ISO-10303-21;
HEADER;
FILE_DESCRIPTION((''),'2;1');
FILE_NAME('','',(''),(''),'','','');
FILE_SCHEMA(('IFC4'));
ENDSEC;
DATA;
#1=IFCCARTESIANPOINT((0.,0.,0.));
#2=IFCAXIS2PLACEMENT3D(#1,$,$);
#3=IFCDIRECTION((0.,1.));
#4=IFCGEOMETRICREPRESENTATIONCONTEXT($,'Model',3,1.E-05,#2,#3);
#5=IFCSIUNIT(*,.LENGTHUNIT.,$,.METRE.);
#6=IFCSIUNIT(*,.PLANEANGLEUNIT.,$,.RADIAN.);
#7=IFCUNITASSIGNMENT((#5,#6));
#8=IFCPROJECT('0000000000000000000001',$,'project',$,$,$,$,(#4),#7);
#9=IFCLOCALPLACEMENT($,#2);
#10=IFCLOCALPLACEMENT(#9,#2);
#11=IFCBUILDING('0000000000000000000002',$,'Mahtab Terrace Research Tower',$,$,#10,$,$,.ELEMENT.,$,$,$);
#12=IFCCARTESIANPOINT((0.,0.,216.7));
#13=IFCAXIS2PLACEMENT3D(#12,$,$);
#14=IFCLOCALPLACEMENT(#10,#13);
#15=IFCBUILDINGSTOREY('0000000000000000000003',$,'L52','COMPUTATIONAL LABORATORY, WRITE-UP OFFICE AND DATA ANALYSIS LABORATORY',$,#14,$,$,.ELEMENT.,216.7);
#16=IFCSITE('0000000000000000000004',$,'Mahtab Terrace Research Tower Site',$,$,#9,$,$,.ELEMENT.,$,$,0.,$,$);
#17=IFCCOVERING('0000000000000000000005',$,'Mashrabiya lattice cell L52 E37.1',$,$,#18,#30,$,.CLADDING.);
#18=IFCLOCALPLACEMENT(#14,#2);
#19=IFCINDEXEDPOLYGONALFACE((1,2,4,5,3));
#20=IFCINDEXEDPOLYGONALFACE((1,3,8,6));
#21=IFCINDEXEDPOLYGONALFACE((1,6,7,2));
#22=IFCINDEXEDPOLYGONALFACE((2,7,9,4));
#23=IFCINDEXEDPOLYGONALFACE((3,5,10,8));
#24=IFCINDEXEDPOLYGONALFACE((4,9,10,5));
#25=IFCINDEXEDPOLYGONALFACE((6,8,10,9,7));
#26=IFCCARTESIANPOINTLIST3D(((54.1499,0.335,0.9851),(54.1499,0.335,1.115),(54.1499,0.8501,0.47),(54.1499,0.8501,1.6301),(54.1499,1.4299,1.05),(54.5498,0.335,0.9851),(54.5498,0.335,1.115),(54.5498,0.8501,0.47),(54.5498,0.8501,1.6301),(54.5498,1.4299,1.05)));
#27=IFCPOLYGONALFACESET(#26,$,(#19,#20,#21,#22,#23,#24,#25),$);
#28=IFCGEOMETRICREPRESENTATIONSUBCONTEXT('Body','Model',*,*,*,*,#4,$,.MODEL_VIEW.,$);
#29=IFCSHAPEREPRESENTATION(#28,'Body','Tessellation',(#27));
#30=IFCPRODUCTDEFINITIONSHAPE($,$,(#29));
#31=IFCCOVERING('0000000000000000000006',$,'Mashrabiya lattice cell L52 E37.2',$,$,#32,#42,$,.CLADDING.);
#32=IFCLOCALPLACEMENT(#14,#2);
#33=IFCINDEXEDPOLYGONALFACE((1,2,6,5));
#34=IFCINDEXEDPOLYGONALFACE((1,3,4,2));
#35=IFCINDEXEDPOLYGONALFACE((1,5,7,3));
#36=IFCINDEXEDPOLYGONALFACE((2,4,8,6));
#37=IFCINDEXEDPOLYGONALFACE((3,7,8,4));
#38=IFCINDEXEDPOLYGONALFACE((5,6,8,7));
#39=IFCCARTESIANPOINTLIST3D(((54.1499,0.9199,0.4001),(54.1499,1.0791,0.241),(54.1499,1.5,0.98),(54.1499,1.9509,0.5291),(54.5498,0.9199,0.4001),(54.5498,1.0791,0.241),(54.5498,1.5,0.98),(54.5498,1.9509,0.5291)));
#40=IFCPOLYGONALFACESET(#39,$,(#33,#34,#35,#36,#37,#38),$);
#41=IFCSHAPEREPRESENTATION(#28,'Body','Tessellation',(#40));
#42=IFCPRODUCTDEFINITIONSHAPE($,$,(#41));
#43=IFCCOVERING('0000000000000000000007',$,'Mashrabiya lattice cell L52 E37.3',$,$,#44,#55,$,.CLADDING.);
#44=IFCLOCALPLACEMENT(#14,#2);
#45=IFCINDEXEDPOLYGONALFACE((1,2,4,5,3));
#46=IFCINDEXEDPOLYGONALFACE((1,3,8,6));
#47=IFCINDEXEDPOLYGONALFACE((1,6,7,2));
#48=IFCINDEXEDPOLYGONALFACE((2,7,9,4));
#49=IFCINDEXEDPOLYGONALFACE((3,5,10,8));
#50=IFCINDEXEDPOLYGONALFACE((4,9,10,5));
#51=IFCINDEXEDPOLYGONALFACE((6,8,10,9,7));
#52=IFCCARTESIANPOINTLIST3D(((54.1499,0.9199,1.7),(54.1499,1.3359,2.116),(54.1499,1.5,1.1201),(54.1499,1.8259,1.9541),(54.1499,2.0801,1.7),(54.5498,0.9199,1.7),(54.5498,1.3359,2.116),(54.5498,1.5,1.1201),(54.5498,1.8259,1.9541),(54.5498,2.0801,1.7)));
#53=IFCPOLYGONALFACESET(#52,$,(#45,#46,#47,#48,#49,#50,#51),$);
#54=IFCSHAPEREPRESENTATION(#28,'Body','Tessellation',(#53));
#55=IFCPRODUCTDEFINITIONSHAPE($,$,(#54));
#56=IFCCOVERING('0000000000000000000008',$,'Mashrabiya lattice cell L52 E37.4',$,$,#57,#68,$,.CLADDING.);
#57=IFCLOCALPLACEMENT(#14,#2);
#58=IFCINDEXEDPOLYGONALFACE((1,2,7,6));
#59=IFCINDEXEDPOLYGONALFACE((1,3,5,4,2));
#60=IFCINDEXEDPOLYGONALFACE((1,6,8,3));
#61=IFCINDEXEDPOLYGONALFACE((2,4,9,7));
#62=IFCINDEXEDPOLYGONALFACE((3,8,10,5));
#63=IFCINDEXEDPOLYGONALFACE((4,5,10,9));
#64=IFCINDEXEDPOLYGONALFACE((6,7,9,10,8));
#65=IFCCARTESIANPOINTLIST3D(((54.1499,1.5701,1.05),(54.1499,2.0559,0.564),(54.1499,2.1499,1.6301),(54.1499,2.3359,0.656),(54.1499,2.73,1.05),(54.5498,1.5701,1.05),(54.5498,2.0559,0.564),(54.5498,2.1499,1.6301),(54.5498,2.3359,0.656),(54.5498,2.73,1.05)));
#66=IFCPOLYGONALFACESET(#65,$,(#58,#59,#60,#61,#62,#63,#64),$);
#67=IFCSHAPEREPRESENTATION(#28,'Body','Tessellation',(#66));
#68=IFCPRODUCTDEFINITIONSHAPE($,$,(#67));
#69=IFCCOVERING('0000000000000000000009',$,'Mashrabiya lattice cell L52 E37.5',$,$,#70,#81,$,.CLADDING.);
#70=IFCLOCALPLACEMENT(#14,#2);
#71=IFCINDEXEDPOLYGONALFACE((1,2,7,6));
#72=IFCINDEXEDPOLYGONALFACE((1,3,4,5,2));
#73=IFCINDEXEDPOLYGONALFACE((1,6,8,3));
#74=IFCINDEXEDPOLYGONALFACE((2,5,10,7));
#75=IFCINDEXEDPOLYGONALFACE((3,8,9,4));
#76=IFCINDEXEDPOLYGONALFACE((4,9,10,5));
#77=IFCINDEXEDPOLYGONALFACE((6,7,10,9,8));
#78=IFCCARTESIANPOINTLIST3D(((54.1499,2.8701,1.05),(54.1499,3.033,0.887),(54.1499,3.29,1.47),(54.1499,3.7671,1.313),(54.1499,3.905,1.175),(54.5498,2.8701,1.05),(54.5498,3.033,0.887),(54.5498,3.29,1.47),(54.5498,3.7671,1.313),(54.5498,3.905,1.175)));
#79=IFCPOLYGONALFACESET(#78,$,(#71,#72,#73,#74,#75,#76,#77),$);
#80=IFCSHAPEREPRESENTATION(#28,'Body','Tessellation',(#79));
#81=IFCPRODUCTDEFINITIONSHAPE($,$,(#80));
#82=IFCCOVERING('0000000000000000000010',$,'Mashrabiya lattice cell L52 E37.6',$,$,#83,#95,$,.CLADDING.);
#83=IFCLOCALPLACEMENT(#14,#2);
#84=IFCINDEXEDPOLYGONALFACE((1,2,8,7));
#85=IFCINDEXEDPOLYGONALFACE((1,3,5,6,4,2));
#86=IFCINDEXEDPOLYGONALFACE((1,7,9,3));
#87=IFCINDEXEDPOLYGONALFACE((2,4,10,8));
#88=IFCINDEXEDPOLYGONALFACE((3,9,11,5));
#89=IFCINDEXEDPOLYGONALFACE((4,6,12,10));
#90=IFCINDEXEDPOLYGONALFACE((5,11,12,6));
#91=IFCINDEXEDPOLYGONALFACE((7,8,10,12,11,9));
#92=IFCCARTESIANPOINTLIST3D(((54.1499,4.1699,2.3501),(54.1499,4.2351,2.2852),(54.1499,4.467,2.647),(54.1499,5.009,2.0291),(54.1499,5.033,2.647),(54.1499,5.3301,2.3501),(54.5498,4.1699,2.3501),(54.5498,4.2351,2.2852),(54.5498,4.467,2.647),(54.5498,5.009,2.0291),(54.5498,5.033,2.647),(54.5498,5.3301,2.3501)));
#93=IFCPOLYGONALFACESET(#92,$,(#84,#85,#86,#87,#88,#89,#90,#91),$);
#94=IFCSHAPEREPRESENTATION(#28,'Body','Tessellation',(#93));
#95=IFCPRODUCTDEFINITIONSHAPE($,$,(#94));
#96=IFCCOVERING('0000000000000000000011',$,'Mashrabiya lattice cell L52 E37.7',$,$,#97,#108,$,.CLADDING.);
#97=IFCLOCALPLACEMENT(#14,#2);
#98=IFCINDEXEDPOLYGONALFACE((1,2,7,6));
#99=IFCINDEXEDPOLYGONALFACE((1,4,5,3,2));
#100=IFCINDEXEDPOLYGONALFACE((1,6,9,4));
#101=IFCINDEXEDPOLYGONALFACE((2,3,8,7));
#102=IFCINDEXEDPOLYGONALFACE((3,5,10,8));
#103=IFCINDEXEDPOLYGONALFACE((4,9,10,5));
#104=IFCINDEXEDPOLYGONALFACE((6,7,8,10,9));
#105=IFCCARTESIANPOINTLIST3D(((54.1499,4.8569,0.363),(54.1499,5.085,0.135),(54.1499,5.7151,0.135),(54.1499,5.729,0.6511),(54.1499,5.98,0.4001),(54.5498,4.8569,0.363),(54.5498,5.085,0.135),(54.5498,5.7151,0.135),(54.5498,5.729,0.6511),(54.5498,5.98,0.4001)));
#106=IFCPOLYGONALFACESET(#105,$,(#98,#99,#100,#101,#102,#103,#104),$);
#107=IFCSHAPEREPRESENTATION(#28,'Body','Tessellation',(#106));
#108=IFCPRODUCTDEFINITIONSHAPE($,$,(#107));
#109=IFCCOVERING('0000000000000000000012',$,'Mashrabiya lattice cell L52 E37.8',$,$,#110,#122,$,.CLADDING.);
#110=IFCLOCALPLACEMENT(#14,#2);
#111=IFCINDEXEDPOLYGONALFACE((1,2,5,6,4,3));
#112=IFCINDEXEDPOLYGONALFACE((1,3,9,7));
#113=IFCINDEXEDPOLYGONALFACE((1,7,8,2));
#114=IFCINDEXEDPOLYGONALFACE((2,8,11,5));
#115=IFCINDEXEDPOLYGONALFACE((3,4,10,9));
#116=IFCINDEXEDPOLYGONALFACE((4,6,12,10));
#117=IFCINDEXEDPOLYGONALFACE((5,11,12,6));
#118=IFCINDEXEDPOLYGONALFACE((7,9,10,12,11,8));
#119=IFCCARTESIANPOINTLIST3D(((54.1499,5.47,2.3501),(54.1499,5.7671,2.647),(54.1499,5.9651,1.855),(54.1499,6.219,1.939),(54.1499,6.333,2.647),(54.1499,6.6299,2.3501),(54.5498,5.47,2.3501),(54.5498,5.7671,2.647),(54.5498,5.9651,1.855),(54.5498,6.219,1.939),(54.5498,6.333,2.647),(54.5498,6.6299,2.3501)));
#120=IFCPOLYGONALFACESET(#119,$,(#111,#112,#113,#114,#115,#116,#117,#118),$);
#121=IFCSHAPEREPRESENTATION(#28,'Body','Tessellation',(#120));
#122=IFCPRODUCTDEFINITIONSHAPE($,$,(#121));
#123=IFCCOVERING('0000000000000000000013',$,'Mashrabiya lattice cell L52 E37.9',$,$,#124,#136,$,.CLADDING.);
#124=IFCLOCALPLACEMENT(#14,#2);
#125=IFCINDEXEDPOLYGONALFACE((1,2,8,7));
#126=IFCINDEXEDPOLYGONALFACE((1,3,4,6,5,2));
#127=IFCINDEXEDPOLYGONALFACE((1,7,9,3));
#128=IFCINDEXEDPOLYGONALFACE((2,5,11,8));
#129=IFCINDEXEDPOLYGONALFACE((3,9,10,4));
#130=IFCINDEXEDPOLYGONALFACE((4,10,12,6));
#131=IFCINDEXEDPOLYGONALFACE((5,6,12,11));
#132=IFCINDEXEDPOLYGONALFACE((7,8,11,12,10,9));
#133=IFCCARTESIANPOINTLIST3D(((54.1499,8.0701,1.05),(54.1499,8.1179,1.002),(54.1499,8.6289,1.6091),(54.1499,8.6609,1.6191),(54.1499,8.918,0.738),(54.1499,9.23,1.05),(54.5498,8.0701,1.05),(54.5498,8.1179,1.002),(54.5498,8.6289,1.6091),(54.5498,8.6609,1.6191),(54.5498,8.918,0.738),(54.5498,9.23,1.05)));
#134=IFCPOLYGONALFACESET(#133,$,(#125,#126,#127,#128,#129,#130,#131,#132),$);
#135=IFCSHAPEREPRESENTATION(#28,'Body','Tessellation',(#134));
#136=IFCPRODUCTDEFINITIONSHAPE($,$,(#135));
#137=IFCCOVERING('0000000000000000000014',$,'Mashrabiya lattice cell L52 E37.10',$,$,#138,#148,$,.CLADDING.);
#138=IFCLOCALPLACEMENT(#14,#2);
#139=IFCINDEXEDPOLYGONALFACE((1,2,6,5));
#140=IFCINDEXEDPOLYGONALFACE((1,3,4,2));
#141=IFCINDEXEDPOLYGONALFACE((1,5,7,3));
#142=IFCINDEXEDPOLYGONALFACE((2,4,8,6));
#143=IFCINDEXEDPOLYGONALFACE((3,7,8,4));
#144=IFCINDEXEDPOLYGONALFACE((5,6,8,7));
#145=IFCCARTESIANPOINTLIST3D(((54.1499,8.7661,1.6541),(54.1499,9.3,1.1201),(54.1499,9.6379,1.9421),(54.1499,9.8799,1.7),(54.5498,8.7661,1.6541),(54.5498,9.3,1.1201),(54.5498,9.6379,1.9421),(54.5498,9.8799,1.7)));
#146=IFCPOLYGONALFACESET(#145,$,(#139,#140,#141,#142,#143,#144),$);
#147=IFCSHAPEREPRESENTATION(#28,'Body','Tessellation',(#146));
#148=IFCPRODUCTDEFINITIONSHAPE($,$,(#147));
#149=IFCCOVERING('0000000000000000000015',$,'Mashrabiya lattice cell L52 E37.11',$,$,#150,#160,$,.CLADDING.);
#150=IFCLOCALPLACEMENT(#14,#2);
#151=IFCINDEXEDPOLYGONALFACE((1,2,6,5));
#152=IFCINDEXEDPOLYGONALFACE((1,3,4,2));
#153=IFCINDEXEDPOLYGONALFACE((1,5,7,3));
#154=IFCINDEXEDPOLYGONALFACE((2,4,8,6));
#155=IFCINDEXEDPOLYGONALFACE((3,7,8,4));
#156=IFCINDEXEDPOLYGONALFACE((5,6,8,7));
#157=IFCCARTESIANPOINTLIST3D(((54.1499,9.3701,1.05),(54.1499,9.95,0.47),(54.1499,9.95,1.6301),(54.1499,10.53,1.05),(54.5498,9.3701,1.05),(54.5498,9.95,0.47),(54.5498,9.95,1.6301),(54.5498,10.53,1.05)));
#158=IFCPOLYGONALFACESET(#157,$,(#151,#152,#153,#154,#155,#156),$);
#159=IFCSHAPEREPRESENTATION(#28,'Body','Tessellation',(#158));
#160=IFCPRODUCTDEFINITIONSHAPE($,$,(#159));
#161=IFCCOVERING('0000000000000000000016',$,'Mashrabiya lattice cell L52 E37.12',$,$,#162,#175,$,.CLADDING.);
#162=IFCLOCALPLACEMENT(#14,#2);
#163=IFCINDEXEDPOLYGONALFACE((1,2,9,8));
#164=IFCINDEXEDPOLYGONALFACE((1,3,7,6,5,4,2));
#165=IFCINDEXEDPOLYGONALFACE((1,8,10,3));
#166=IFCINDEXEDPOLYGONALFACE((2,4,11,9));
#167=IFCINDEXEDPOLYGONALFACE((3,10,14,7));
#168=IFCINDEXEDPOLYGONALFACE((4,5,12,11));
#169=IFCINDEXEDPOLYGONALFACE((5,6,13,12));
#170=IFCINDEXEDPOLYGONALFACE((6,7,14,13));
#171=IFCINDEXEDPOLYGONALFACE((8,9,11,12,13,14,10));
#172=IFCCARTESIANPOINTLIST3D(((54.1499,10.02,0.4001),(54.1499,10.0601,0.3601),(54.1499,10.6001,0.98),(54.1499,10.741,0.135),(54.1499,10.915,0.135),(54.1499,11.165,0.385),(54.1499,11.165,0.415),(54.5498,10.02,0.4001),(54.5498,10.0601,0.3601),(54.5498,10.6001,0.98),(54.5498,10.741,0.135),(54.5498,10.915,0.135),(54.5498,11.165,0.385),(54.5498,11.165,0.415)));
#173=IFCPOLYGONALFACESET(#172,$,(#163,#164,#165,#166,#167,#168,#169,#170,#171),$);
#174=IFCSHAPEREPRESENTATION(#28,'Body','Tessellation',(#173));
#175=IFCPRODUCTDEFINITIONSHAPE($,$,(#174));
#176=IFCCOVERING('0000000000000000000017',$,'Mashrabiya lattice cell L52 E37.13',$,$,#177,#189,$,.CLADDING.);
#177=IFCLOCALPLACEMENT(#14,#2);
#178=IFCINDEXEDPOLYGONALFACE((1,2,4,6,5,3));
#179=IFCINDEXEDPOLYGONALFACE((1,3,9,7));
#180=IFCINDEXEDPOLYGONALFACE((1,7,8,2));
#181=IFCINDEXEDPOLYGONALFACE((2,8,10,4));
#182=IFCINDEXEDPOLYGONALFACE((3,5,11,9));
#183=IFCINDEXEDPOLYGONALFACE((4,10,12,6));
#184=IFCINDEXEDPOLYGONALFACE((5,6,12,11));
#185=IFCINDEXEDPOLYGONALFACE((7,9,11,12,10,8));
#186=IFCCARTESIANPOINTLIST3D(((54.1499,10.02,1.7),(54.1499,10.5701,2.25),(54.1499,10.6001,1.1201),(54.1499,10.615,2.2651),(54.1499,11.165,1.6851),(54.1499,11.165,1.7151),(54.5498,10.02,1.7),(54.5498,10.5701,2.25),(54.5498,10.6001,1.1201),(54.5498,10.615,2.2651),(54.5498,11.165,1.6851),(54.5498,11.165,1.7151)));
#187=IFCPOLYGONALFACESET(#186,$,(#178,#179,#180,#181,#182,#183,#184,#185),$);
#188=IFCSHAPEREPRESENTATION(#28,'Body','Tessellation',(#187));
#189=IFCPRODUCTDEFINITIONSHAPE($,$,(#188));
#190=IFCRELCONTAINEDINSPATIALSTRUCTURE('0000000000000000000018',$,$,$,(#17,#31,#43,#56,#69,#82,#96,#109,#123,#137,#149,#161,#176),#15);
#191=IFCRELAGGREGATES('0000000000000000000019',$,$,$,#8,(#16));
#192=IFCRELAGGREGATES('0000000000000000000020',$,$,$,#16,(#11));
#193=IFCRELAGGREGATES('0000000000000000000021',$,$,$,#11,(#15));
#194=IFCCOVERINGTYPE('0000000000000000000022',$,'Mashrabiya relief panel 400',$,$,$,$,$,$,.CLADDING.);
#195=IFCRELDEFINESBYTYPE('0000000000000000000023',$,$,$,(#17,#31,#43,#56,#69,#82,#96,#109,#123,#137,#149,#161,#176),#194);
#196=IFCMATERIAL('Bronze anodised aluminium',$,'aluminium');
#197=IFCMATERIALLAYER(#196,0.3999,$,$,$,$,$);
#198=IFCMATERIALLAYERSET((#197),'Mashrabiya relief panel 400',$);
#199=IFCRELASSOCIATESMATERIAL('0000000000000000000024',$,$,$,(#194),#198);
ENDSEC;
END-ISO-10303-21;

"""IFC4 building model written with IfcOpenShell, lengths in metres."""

from ifc_helpers import new_model, si_unit, direction, frame, origin, place, context, subcontext, project, spatial, polyline, outline, extrude, material, layer, layer_set, type_object, element, save


model = new_model("IFC4")

# Units and contexts
model_context = context("Model", 3, precision=1e-05, world=origin(), true_north=direction((0.0, 1.0)))
body_context = subcontext(model_context, "Body", "Model", "MODEL_VIEW")
ifc_project = project(units=[si_unit("LENGTHUNIT", "METRE"), si_unit("PLANEANGLEUNIT", "RADIAN")], contexts=[model_context])

# Site, building, storey
site_placement = place(None, origin())
site = spatial("IfcSite", under=ifc_project, at=site_placement, Name="Mahtab Terrace Research Tower Site", CompositionType="ELEMENT", RefElevation=0.0)
building_placement = place(site_placement, origin())
building = spatial("IfcBuilding", under=site, at=building_placement, Name="Mahtab Terrace Research Tower", CompositionType="ELEMENT")
storey_placement = place(building_placement, frame((0.0, 0.0, 216.7)))
storey = spatial("IfcBuildingStorey", under=building, at=storey_placement, Name="L52", Description="COMPUTATIONAL LABORATORY, WRITE-UP OFFICE AND DATA ANALYSIS LABORATORY", CompositionType="ELEMENT", Elevation=216.7)

# Coverings
ifc_material_1 = material(Name="Bronze anodised aluminium", Category="aluminium")
ifc_layer_1 = layer(ifc_material_1, 0.3999)
ifc_layer_set_1 = layer_set([ifc_layer_1], Name="Mashrabiya relief panel 400")
covering_type = type_object("IfcCoveringType", Name="Mashrabiya relief panel 400", PredefinedType="CLADDING", material=ifc_layer_set_1)
covering_1_placement = place(storey_placement, frame((54.1499, 0.8501, 1.6301), z_axis=(-1.0, 0.0, 0.0), x_axis=(0.0, 0.706958, -0.707256)))
element("IfcCovering", 1, at=covering_1_placement, inside=storey, type_object=covering_type, Name="Mashrabiya lattice cell L52 E37.1", PredefinedType="CLADDING", context=body_context, shape_type="SweptSolid", body=[
    extrude(outline(polyline([(0.0, 0.0), (0.8202, 0.0), (0.8205, 0.8202), (0.092, 0.8203), (0.0002, 0.7285), (0.0, 0.0)])), origin(), (0.0, 0.0, -1.0), 0.3999),
])
covering_2_placement = place(storey_placement, frame((54.1499, 0.9199, 0.4001), z_axis=(-1.0, 0.0, 0.0), x_axis=(0.0, 0.707256, 0.706958)))
element("IfcCovering", 2, at=covering_2_placement, inside=storey, type_object=covering_type, Name="Mashrabiya lattice cell L52 E37.2", PredefinedType="CLADDING", context=body_context, shape_type="SweptSolid", body=[
    extrude(outline(polyline([(0.0, 0.0), (0.8202, 0.0), (0.8203, 0.6377), (0.0, 0.2251), (0.0, 0.0)])), origin(), (0.0, 0.0, -1.0), 0.3999),
])
covering_3_placement = place(storey_placement, frame((54.1499, 2.0801, 1.7), z_axis=(-1.0, 0.0, 0.0), x_axis=(0.0, -0.707256, -0.706958)))
element("IfcCovering", 3, at=covering_3_placement, inside=storey, type_object=covering_type, Name="Mashrabiya lattice cell L52 E37.3", PredefinedType="CLADDING", context=body_context, shape_type="SweptSolid", body=[
    extrude(outline(polyline([(0.0, 0.0), (0.8202, 0.0), (0.8205, 0.8202), (0.2322, 0.8203), (0.0001, 0.3594), (0.0, 0.0)])), origin(), (0.0, 0.0, -1.0), 0.3999),
])
covering_4_placement = place(storey_placement, frame((54.1499, 1.5701, 1.05), z_axis=(-1.0, 0.0, 0.0), x_axis=(0.0, 0.706958, 0.707256)))
element("IfcCovering", 4, at=covering_4_placement, inside=storey, type_object=covering_type, Name="Mashrabiya lattice cell L52 E37.4", PredefinedType="CLADDING", context=body_context, shape_type="SweptSolid", body=[
    extrude(outline(polyline([(0.0, 0.0), (0.8202, 0.0), (0.82, 0.8204), (0.2627, 0.8202), (-0.0003, 0.6873), (0.0, 0.0)])), origin(), (0.0, 0.0, -1.0), 0.3999),
])
covering_5_placement = place(storey_placement, frame((54.1499, 2.8701, 1.05), z_axis=(-1.0, 0.0, 0.0), x_axis=(0.0, 0.707107, 0.707107)))
element("IfcCovering", 5, at=covering_5_placement, inside=storey, type_object=covering_type, Name="Mashrabiya lattice cell L52 E37.5", PredefinedType="CLADDING", context=body_context, shape_type="SweptSolid", body=[
    extrude(outline(polyline([(0.0, 0.0), (0.5939, 0.0), (0.8202, 0.4483), (0.8202, 0.6434), (-0.0002, 0.2305), (0.0, 0.0)])), origin(), (0.0, 0.0, -1.0), 0.3999),
])
covering_6_placement = place(storey_placement, frame((54.1499, 4.1699, 2.3501), z_axis=(-1.0, 0.0, 0.0), x_axis=(0.0, 0.707397, 0.706816)))
element("IfcCovering", 6, at=covering_6_placement, inside=storey, type_object=covering_type, Name="Mashrabiya lattice cell L52 E37.6", PredefinedType="CLADDING", context=body_context, shape_type="SweptSolid", body=[
    extrude(outline(polyline([(0.0, 0.0), (0.42, 0.0), (0.8203, 0.4), (0.8207, 0.82), (0.3667, 0.8202), (0.0002, 0.092), (0.0, 0.0)])), origin(), (0.0, 0.0, -1.0), 0.3999),
])
covering_7_placement = place(storey_placement, frame((54.1499, 4.8569, 0.363), z_axis=(-1.0, 0.0, 0.0), x_axis=(0.0, 0.949531, 0.313675)))
element("IfcCovering", 7, at=covering_7_placement, inside=storey, type_object=covering_type, Name="Mashrabiya lattice cell L52 E37.7", PredefinedType="CLADDING", context=body_context, shape_type="SweptSolid", body=[
    extrude(outline(polyline([(0.0, 0.0), (0.9184, 0.0), (1.078, 0.317), (0.7433, 0.4857), (0.145, 0.288), (0.0, 0.0)])), origin(), (0.0, 0.0, -1.0), 0.3999),
])
covering_8_placement = place(storey_placement, frame((54.1499, 5.47, 2.3501), z_axis=(-1.0, 0.0, 0.0), x_axis=(0.0, 0.707397, 0.706816)))
element("IfcCovering", 8, at=covering_8_placement, inside=storey, type_object=covering_type, Name="Mashrabiya lattice cell L52 E37.8", PredefinedType="CLADDING", context=body_context, shape_type="SweptSolid", body=[
    extrude(outline(polyline([(0.0, 0.0), (0.42, 0.0), (0.8203, 0.4), (0.8205, 0.8198), (0.2393, 0.8203), (0.0003, 0.7002), (0.0, 0.0)])), origin(), (0.0, 0.0, -1.0), 0.3999),
])
covering_9_placement = place(storey_placement, frame((54.1499, 8.0701, 1.05), z_axis=(-1.0, 0.0, 0.0), x_axis=(0.0, 0.706952, 0.707261)))
element("IfcCovering", 9, at=covering_9_placement, inside=storey, type_object=covering_type, Name="Mashrabiya lattice cell L52 E37.9", PredefinedType="CLADDING", context=body_context, shape_type="SweptSolid", body=[
    extrude(outline(polyline([(0.0, 0.0), (0.7905, 0.0), (0.8202, 0.0155), (0.82, 0.8204), (0.3788, 0.8203), (-0.0002, 0.0678), (0.0, 0.0)])), origin(), (0.0, 0.0, -1.0), 0.3999),
])
covering_10_placement = place(storey_placement, frame((54.1499, 9.8799, 1.7), z_axis=(-1.0, 0.0, 0.0), x_axis=(0.0, -0.707107, -0.707107)))
element("IfcCovering", 10, at=covering_10_placement, inside=storey, type_object=covering_type, Name="Mashrabiya lattice cell L52 E37.10", PredefinedType="CLADDING", context=body_context, shape_type="SweptSolid", body=[
    extrude(outline(polyline([(0.0, 0.0), (0.82, 0.0), (0.82, 0.7551), (-0.0002, 0.3423), (0.0, 0.0)])), origin(), (0.0, 0.0, -1.0), 0.3999),
])
covering_11_placement = place(storey_placement, frame((54.1499, 9.95, 1.6301), z_axis=(-1.0, 0.0, 0.0), x_axis=(0.0, 0.707107, -0.707107)))
element("IfcCovering", 11, at=covering_11_placement, inside=storey, type_object=covering_type, Name="Mashrabiya lattice cell L52 E37.11", PredefinedType="CLADDING", context=body_context, shape_type="SweptSolid", body=[
    extrude(outline(polyline([(0.0, 0.0), (0.8204, 0.0), (0.8204, 0.8204), (0.0002, 0.8202), (0.0, 0.0)])), origin(), (0.0, 0.0, -1.0), 0.3999),
])
covering_12_placement = place(storey_placement, frame((54.1499, 10.02, 0.4001), z_axis=(-1.0, 0.0, 0.0), x_axis=(0.0, 0.707256, 0.706958)))
element("IfcCovering", 12, at=covering_12_placement, inside=storey, type_object=covering_type, Name="Mashrabiya lattice cell L52 E37.12", PredefinedType="CLADDING", context=body_context, shape_type="SweptSolid", body=[
    extrude(outline(polyline([(0.0, 0.0), (0.8202, 0.0), (0.8203, 0.7989), (0.7991, 0.8202), (0.4456, 0.8203), (0.3225, 0.6972), (0.0, 0.0566), (0.0, 0.0)])), origin(), (0.0, 0.0, -1.0), 0.3999),
])
covering_13_placement = place(storey_placement, frame((54.1499, 10.6001, 1.1201), z_axis=(-1.0, 0.0, 0.0), x_axis=(0.0, -0.707256, 0.706958)))
element("IfcCovering", 13, at=covering_13_placement, inside=storey, type_object=covering_type, Name="Mashrabiya lattice cell L52 E37.13", PredefinedType="CLADDING", context=body_context, shape_type="SweptSolid", body=[
    extrude(outline(polyline([(0.0, 0.0), (0.8202, 0.0), (0.82, 0.7779), (0.7989, 0.8203), (0.0211, 0.8202), (-0.0002, 0.7989), (0.0, 0.0)])), origin(), (0.0, 0.0, -1.0), 0.3999),
])

save(model, "model.ifc")
